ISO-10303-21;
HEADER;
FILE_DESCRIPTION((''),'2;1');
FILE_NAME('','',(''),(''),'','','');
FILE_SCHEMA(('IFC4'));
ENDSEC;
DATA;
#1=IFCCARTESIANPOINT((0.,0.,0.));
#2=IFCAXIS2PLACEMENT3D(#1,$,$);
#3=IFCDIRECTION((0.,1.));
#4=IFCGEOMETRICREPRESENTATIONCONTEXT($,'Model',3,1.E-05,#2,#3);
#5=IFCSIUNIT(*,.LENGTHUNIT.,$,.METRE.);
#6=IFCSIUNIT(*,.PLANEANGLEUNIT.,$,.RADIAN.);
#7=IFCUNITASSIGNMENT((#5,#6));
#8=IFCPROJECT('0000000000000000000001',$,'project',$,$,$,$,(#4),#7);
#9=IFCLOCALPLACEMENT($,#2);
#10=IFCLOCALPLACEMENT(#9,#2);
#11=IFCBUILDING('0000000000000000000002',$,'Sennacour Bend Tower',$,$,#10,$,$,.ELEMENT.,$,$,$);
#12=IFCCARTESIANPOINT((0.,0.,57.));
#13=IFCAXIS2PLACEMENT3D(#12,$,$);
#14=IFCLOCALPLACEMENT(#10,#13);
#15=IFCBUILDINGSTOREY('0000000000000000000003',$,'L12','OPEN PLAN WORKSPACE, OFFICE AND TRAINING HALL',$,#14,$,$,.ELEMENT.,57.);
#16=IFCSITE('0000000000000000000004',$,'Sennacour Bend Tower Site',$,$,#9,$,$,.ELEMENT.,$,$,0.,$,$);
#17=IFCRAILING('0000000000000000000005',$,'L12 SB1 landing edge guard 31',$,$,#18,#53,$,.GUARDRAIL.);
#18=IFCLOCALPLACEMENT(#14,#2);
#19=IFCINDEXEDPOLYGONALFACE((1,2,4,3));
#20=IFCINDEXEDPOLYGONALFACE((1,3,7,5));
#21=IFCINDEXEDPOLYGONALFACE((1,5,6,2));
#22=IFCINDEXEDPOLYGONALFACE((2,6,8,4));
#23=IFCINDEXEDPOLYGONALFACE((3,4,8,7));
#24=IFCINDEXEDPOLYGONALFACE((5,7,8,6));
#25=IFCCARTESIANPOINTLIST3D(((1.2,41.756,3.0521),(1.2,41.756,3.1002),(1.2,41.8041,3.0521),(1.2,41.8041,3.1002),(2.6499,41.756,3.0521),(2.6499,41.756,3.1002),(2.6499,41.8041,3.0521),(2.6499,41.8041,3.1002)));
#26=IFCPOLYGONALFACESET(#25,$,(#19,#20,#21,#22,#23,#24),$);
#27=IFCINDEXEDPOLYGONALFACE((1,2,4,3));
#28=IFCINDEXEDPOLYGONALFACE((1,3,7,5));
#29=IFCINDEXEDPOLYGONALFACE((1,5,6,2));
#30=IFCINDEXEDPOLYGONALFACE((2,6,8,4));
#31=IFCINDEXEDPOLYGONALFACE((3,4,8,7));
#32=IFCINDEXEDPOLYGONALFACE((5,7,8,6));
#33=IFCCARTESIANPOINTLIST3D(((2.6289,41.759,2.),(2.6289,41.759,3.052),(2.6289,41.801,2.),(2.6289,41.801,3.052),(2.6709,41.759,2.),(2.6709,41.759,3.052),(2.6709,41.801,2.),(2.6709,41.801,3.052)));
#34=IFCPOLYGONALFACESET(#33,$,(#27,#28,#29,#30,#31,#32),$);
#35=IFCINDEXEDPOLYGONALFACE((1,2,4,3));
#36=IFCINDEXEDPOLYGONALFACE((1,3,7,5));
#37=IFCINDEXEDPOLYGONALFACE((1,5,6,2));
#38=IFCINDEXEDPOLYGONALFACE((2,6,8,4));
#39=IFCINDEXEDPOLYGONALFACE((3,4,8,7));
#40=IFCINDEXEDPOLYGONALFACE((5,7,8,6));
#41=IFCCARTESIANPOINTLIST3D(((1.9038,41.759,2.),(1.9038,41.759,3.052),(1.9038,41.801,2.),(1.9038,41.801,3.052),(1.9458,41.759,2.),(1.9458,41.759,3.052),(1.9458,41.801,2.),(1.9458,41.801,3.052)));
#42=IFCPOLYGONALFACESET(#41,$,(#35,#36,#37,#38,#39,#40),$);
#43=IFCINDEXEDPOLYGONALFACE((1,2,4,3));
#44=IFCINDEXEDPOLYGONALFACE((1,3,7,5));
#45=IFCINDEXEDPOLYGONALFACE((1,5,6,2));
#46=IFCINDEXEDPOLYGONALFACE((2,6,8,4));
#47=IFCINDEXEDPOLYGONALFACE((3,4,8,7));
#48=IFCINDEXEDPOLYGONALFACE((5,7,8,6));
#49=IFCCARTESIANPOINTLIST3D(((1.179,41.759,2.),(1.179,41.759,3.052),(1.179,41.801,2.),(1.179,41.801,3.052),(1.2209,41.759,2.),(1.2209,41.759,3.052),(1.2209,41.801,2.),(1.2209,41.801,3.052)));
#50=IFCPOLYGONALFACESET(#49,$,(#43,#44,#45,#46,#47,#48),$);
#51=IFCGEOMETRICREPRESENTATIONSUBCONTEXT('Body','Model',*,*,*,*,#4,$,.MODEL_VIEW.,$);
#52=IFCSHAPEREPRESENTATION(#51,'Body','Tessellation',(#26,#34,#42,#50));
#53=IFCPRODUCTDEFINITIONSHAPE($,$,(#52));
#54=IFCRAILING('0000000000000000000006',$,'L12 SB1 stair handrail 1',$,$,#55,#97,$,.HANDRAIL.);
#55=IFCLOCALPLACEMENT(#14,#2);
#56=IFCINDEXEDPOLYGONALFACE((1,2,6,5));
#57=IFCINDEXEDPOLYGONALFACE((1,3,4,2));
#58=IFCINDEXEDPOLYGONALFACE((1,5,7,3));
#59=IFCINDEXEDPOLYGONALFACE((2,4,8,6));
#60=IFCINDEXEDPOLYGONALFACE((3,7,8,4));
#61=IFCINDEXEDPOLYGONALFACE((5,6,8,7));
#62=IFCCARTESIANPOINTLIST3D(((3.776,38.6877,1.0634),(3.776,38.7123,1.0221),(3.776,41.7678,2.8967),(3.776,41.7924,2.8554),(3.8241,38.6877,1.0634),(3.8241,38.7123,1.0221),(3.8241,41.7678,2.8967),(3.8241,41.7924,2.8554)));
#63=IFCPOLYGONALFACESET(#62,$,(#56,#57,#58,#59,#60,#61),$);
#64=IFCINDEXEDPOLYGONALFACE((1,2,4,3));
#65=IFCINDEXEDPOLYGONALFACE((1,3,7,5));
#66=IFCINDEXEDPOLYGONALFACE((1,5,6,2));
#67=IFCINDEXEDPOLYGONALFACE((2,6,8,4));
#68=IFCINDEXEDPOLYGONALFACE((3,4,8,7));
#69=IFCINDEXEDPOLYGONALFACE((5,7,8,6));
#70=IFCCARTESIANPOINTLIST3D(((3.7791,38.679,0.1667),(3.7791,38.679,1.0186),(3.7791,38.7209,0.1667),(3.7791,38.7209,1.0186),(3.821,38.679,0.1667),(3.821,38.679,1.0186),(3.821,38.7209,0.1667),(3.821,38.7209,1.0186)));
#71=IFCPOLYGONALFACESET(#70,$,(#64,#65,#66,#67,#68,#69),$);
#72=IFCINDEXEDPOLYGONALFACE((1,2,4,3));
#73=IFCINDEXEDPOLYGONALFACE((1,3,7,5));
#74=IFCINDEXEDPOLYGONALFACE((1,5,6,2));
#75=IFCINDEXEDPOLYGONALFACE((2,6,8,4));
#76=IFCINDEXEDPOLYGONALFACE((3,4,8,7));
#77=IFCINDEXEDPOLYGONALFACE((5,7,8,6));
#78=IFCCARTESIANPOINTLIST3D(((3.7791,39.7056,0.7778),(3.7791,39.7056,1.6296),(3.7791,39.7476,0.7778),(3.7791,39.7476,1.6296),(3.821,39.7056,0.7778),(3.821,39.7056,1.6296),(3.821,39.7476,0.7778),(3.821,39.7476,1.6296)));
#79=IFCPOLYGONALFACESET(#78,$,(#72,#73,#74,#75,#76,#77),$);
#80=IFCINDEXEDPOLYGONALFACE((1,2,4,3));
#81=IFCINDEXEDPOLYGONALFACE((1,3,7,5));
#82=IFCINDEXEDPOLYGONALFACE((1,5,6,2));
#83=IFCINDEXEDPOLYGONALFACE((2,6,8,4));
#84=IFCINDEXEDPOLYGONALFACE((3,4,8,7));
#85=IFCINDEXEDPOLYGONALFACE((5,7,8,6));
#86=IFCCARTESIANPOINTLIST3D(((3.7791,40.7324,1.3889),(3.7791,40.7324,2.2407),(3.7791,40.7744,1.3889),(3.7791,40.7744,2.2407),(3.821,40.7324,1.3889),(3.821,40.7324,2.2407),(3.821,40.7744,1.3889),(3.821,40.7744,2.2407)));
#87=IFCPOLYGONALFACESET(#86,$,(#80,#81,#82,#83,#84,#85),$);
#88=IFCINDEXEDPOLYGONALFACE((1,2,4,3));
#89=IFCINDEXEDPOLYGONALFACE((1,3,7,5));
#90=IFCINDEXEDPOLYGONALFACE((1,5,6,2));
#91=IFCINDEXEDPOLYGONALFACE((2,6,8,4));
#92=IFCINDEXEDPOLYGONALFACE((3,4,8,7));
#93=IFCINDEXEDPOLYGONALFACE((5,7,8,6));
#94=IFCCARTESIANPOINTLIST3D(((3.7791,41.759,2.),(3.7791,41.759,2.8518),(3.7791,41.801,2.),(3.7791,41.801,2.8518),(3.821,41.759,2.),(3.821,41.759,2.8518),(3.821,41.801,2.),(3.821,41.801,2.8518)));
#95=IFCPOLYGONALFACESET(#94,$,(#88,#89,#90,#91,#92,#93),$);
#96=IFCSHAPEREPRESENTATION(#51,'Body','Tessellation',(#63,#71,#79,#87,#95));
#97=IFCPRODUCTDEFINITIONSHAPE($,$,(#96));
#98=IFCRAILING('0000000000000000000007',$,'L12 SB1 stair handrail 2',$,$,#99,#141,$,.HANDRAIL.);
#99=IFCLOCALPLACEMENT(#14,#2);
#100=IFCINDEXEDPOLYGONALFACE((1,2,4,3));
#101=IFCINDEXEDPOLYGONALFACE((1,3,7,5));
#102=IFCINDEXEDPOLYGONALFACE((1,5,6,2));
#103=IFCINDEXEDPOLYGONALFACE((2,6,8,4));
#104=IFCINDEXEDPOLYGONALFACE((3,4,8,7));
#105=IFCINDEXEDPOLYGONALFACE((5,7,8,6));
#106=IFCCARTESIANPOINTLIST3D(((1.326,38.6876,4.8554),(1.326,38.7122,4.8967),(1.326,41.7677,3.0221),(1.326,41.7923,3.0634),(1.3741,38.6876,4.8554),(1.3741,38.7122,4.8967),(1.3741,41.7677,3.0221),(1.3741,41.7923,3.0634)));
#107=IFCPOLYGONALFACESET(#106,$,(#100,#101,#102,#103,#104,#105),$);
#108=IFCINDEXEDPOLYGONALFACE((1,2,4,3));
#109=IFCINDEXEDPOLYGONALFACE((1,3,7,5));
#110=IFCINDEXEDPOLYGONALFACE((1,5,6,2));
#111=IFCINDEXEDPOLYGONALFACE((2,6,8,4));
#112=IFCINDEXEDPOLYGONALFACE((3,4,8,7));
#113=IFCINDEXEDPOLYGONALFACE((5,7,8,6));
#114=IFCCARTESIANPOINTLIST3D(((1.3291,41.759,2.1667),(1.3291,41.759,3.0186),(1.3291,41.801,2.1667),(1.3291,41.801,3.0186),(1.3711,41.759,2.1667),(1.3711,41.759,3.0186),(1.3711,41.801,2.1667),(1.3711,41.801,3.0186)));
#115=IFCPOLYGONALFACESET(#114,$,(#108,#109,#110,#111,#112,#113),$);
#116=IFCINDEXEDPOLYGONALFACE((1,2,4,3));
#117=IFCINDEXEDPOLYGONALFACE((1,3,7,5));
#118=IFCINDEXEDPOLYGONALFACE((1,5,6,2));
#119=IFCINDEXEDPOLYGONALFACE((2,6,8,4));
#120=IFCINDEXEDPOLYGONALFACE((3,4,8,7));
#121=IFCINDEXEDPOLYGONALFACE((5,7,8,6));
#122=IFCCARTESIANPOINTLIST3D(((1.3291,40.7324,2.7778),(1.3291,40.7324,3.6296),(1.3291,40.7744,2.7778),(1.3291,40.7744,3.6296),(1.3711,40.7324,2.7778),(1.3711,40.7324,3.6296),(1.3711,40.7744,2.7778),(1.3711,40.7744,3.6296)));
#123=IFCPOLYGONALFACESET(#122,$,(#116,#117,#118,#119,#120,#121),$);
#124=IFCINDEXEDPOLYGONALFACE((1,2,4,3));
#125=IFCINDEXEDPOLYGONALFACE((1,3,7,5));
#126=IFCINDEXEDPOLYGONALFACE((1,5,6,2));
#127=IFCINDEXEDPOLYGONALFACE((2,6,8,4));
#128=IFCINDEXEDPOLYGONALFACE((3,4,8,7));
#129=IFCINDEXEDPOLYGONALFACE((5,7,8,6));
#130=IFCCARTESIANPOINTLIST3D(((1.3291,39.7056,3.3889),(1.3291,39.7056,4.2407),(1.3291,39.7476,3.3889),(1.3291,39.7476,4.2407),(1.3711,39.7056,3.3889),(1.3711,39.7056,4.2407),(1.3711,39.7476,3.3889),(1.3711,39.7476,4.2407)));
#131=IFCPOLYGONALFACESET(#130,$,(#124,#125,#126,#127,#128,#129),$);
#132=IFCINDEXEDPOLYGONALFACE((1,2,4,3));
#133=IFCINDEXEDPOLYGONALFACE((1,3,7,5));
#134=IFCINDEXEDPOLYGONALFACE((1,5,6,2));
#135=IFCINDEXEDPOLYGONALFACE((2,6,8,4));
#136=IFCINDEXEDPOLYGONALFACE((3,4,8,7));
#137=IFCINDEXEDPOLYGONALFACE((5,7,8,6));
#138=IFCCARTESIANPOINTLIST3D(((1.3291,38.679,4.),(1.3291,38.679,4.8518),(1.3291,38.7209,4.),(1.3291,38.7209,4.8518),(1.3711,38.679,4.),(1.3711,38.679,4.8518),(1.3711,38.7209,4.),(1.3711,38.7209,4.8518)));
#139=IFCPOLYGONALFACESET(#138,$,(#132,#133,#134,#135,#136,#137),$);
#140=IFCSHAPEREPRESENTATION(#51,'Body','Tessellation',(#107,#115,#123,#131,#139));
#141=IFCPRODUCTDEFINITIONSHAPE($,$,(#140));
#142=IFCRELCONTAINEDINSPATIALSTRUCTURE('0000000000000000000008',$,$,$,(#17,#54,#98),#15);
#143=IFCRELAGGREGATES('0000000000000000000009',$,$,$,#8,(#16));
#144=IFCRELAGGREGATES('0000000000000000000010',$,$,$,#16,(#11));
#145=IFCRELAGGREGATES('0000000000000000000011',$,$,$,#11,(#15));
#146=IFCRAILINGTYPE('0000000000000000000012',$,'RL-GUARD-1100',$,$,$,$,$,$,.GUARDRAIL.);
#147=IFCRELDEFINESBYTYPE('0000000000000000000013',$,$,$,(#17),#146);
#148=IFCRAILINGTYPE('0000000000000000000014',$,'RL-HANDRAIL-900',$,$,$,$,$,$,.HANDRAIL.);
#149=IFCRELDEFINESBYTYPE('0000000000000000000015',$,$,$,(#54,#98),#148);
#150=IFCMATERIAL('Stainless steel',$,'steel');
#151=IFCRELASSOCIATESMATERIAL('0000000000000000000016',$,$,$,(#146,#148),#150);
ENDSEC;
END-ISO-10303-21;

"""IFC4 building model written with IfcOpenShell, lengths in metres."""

from ifc_helpers import new_model, si_unit, direction, frame, origin, origin_2d, place, context, subcontext, project, spatial, rectangle, extrude, material, type_object, element, save


model = new_model("IFC4")

# Units and contexts
model_context = context("Model", 3, precision=1e-05, world=origin(), true_north=direction((0.0, 1.0)))
body_context = subcontext(model_context, "Body", "Model", "MODEL_VIEW")
ifc_project = project(units=[si_unit("LENGTHUNIT", "METRE"), si_unit("PLANEANGLEUNIT", "RADIAN")], contexts=[model_context])

# Site, building, storey
site_placement = place(None, origin())
site = spatial("IfcSite", under=ifc_project, at=site_placement, Name="Sennacour Bend Tower Site", CompositionType="ELEMENT", RefElevation=0.0)
building_placement = place(site_placement, origin())
building = spatial("IfcBuilding", under=site, at=building_placement, Name="Sennacour Bend Tower", CompositionType="ELEMENT")
storey_placement = place(building_placement, frame((0.0, 0.0, 57.0)))
storey = spatial("IfcBuildingStorey", under=building, at=storey_placement, Name="L12", Description="OPEN PLAN WORKSPACE, OFFICE AND TRAINING HALL", CompositionType="ELEMENT", Elevation=57.0)

# Railings
ifc_material_1 = material(Name="Stainless steel", Category="steel")
railing_type_1 = type_object("IfcRailingType", Name="RL-GUARD-1100", PredefinedType="GUARDRAIL", material=ifc_material_1)
railing_1_placement = place(storey_placement, frame((2.6499, 41.78, 2.0)))
element("IfcRailing", 1, at=railing_1_placement, inside=storey, type_object=railing_type_1, Name="L12 SB1 landing edge guard 31", PredefinedType="GUARDRAIL", context=body_context, shape_type="SweptSolid", body=[
    extrude(rectangle(XDim=0.0481, YDim=0.0481, at=origin_2d()), frame((0.0, 0.0, 1.0762), z_axis=(-1.0, 0.0, 0.0), x_axis=(0.0, -1.0, 0.0)), (0.0, 0.0, 1.0), 1.45),
    extrude(rectangle(XDim=0.042, YDim=0.042, at=origin_2d()), origin(), (0.0, 0.0, 1.0), 1.052),
    extrude(rectangle(XDim=0.042, YDim=0.042, at=origin_2d()), frame((-0.7251, 0.0, 0.0)), (0.0, 0.0, 1.0), 1.052),
    extrude(rectangle(XDim=0.042, YDim=0.042, at=origin_2d()), frame((-1.45, 0.0, 0.0)), (0.0, 0.0, 1.0), 1.052),
])
railing_type_2 = type_object("IfcRailingType", Name="RL-HANDRAIL-900", PredefinedType="HANDRAIL", material=ifc_material_1)
railing_2_placement = place(storey_placement, frame((3.8, 38.7, 0.1667)))
element("IfcRailing", 2, at=railing_2_placement, inside=storey, type_object=railing_type_2, Name="L12 SB1 stair handrail 1", PredefinedType="HANDRAIL", context=body_context, shape_type="SweptSolid", body=[
    extrude(rectangle(XDim=0.0481, YDim=0.0481, at=origin_2d()), frame((0.0, 0.0, 0.876), z_axis=(0.0, 0.859309, 0.511458), x_axis=(-1.0, 0.0, 0.0)), (0.0, 0.0, 1.0), 3.5845),
    extrude(rectangle(XDim=0.042, YDim=0.042, at=origin_2d()), origin(), (0.0, 0.0, 1.0), 0.8518),
    extrude(rectangle(XDim=0.042, YDim=0.042, at=origin_2d()), frame((0.0, 1.0266, 0.6111)), (0.0, 0.0, 1.0), 0.8518),
    extrude(rectangle(XDim=0.042, YDim=0.042, at=origin_2d()), frame((0.0, 2.0535, 1.2222)), (0.0, 0.0, 1.0), 0.8518),
    extrude(rectangle(XDim=0.042, YDim=0.042, at=origin_2d()), frame((0.0, 3.0801, 1.8333)), (0.0, 0.0, 1.0), 0.8518),
])
railing_3_placement = place(storey_placement, frame((1.3501, 41.78, 2.1667)))
element("IfcRailing", 3, at=railing_3_placement, inside=storey, type_object=railing_type_2, Name="L12 SB1 stair handrail 2", PredefinedType="HANDRAIL", context=body_context, shape_type="SweptSolid", body=[
    extrude(rectangle(XDim=0.0481, YDim=0.0481, at=origin_2d()), frame((0.0, 0.0, 0.876), z_axis=(0.0, -0.859309, 0.511458), x_axis=(1.0, 0.0, 0.0)), (0.0, 0.0, 1.0), 3.5845),
    extrude(rectangle(XDim=0.042, YDim=0.042, at=origin_2d()), origin(), (0.0, 0.0, 1.0), 0.8518),
    extrude(rectangle(XDim=0.042, YDim=0.042, at=origin_2d()), frame((0.0, -1.0266, 0.6111)), (0.0, 0.0, 1.0), 0.8518),
    extrude(rectangle(XDim=0.042, YDim=0.042, at=origin_2d()), frame((0.0, -2.0535, 1.2222)), (0.0, 0.0, 1.0), 0.8518),
    extrude(rectangle(XDim=0.042, YDim=0.042, at=origin_2d()), frame((0.0, -3.0801, 1.8333)), (0.0, 0.0, 1.0), 0.8518),
])

save(model, "model.ifc")
